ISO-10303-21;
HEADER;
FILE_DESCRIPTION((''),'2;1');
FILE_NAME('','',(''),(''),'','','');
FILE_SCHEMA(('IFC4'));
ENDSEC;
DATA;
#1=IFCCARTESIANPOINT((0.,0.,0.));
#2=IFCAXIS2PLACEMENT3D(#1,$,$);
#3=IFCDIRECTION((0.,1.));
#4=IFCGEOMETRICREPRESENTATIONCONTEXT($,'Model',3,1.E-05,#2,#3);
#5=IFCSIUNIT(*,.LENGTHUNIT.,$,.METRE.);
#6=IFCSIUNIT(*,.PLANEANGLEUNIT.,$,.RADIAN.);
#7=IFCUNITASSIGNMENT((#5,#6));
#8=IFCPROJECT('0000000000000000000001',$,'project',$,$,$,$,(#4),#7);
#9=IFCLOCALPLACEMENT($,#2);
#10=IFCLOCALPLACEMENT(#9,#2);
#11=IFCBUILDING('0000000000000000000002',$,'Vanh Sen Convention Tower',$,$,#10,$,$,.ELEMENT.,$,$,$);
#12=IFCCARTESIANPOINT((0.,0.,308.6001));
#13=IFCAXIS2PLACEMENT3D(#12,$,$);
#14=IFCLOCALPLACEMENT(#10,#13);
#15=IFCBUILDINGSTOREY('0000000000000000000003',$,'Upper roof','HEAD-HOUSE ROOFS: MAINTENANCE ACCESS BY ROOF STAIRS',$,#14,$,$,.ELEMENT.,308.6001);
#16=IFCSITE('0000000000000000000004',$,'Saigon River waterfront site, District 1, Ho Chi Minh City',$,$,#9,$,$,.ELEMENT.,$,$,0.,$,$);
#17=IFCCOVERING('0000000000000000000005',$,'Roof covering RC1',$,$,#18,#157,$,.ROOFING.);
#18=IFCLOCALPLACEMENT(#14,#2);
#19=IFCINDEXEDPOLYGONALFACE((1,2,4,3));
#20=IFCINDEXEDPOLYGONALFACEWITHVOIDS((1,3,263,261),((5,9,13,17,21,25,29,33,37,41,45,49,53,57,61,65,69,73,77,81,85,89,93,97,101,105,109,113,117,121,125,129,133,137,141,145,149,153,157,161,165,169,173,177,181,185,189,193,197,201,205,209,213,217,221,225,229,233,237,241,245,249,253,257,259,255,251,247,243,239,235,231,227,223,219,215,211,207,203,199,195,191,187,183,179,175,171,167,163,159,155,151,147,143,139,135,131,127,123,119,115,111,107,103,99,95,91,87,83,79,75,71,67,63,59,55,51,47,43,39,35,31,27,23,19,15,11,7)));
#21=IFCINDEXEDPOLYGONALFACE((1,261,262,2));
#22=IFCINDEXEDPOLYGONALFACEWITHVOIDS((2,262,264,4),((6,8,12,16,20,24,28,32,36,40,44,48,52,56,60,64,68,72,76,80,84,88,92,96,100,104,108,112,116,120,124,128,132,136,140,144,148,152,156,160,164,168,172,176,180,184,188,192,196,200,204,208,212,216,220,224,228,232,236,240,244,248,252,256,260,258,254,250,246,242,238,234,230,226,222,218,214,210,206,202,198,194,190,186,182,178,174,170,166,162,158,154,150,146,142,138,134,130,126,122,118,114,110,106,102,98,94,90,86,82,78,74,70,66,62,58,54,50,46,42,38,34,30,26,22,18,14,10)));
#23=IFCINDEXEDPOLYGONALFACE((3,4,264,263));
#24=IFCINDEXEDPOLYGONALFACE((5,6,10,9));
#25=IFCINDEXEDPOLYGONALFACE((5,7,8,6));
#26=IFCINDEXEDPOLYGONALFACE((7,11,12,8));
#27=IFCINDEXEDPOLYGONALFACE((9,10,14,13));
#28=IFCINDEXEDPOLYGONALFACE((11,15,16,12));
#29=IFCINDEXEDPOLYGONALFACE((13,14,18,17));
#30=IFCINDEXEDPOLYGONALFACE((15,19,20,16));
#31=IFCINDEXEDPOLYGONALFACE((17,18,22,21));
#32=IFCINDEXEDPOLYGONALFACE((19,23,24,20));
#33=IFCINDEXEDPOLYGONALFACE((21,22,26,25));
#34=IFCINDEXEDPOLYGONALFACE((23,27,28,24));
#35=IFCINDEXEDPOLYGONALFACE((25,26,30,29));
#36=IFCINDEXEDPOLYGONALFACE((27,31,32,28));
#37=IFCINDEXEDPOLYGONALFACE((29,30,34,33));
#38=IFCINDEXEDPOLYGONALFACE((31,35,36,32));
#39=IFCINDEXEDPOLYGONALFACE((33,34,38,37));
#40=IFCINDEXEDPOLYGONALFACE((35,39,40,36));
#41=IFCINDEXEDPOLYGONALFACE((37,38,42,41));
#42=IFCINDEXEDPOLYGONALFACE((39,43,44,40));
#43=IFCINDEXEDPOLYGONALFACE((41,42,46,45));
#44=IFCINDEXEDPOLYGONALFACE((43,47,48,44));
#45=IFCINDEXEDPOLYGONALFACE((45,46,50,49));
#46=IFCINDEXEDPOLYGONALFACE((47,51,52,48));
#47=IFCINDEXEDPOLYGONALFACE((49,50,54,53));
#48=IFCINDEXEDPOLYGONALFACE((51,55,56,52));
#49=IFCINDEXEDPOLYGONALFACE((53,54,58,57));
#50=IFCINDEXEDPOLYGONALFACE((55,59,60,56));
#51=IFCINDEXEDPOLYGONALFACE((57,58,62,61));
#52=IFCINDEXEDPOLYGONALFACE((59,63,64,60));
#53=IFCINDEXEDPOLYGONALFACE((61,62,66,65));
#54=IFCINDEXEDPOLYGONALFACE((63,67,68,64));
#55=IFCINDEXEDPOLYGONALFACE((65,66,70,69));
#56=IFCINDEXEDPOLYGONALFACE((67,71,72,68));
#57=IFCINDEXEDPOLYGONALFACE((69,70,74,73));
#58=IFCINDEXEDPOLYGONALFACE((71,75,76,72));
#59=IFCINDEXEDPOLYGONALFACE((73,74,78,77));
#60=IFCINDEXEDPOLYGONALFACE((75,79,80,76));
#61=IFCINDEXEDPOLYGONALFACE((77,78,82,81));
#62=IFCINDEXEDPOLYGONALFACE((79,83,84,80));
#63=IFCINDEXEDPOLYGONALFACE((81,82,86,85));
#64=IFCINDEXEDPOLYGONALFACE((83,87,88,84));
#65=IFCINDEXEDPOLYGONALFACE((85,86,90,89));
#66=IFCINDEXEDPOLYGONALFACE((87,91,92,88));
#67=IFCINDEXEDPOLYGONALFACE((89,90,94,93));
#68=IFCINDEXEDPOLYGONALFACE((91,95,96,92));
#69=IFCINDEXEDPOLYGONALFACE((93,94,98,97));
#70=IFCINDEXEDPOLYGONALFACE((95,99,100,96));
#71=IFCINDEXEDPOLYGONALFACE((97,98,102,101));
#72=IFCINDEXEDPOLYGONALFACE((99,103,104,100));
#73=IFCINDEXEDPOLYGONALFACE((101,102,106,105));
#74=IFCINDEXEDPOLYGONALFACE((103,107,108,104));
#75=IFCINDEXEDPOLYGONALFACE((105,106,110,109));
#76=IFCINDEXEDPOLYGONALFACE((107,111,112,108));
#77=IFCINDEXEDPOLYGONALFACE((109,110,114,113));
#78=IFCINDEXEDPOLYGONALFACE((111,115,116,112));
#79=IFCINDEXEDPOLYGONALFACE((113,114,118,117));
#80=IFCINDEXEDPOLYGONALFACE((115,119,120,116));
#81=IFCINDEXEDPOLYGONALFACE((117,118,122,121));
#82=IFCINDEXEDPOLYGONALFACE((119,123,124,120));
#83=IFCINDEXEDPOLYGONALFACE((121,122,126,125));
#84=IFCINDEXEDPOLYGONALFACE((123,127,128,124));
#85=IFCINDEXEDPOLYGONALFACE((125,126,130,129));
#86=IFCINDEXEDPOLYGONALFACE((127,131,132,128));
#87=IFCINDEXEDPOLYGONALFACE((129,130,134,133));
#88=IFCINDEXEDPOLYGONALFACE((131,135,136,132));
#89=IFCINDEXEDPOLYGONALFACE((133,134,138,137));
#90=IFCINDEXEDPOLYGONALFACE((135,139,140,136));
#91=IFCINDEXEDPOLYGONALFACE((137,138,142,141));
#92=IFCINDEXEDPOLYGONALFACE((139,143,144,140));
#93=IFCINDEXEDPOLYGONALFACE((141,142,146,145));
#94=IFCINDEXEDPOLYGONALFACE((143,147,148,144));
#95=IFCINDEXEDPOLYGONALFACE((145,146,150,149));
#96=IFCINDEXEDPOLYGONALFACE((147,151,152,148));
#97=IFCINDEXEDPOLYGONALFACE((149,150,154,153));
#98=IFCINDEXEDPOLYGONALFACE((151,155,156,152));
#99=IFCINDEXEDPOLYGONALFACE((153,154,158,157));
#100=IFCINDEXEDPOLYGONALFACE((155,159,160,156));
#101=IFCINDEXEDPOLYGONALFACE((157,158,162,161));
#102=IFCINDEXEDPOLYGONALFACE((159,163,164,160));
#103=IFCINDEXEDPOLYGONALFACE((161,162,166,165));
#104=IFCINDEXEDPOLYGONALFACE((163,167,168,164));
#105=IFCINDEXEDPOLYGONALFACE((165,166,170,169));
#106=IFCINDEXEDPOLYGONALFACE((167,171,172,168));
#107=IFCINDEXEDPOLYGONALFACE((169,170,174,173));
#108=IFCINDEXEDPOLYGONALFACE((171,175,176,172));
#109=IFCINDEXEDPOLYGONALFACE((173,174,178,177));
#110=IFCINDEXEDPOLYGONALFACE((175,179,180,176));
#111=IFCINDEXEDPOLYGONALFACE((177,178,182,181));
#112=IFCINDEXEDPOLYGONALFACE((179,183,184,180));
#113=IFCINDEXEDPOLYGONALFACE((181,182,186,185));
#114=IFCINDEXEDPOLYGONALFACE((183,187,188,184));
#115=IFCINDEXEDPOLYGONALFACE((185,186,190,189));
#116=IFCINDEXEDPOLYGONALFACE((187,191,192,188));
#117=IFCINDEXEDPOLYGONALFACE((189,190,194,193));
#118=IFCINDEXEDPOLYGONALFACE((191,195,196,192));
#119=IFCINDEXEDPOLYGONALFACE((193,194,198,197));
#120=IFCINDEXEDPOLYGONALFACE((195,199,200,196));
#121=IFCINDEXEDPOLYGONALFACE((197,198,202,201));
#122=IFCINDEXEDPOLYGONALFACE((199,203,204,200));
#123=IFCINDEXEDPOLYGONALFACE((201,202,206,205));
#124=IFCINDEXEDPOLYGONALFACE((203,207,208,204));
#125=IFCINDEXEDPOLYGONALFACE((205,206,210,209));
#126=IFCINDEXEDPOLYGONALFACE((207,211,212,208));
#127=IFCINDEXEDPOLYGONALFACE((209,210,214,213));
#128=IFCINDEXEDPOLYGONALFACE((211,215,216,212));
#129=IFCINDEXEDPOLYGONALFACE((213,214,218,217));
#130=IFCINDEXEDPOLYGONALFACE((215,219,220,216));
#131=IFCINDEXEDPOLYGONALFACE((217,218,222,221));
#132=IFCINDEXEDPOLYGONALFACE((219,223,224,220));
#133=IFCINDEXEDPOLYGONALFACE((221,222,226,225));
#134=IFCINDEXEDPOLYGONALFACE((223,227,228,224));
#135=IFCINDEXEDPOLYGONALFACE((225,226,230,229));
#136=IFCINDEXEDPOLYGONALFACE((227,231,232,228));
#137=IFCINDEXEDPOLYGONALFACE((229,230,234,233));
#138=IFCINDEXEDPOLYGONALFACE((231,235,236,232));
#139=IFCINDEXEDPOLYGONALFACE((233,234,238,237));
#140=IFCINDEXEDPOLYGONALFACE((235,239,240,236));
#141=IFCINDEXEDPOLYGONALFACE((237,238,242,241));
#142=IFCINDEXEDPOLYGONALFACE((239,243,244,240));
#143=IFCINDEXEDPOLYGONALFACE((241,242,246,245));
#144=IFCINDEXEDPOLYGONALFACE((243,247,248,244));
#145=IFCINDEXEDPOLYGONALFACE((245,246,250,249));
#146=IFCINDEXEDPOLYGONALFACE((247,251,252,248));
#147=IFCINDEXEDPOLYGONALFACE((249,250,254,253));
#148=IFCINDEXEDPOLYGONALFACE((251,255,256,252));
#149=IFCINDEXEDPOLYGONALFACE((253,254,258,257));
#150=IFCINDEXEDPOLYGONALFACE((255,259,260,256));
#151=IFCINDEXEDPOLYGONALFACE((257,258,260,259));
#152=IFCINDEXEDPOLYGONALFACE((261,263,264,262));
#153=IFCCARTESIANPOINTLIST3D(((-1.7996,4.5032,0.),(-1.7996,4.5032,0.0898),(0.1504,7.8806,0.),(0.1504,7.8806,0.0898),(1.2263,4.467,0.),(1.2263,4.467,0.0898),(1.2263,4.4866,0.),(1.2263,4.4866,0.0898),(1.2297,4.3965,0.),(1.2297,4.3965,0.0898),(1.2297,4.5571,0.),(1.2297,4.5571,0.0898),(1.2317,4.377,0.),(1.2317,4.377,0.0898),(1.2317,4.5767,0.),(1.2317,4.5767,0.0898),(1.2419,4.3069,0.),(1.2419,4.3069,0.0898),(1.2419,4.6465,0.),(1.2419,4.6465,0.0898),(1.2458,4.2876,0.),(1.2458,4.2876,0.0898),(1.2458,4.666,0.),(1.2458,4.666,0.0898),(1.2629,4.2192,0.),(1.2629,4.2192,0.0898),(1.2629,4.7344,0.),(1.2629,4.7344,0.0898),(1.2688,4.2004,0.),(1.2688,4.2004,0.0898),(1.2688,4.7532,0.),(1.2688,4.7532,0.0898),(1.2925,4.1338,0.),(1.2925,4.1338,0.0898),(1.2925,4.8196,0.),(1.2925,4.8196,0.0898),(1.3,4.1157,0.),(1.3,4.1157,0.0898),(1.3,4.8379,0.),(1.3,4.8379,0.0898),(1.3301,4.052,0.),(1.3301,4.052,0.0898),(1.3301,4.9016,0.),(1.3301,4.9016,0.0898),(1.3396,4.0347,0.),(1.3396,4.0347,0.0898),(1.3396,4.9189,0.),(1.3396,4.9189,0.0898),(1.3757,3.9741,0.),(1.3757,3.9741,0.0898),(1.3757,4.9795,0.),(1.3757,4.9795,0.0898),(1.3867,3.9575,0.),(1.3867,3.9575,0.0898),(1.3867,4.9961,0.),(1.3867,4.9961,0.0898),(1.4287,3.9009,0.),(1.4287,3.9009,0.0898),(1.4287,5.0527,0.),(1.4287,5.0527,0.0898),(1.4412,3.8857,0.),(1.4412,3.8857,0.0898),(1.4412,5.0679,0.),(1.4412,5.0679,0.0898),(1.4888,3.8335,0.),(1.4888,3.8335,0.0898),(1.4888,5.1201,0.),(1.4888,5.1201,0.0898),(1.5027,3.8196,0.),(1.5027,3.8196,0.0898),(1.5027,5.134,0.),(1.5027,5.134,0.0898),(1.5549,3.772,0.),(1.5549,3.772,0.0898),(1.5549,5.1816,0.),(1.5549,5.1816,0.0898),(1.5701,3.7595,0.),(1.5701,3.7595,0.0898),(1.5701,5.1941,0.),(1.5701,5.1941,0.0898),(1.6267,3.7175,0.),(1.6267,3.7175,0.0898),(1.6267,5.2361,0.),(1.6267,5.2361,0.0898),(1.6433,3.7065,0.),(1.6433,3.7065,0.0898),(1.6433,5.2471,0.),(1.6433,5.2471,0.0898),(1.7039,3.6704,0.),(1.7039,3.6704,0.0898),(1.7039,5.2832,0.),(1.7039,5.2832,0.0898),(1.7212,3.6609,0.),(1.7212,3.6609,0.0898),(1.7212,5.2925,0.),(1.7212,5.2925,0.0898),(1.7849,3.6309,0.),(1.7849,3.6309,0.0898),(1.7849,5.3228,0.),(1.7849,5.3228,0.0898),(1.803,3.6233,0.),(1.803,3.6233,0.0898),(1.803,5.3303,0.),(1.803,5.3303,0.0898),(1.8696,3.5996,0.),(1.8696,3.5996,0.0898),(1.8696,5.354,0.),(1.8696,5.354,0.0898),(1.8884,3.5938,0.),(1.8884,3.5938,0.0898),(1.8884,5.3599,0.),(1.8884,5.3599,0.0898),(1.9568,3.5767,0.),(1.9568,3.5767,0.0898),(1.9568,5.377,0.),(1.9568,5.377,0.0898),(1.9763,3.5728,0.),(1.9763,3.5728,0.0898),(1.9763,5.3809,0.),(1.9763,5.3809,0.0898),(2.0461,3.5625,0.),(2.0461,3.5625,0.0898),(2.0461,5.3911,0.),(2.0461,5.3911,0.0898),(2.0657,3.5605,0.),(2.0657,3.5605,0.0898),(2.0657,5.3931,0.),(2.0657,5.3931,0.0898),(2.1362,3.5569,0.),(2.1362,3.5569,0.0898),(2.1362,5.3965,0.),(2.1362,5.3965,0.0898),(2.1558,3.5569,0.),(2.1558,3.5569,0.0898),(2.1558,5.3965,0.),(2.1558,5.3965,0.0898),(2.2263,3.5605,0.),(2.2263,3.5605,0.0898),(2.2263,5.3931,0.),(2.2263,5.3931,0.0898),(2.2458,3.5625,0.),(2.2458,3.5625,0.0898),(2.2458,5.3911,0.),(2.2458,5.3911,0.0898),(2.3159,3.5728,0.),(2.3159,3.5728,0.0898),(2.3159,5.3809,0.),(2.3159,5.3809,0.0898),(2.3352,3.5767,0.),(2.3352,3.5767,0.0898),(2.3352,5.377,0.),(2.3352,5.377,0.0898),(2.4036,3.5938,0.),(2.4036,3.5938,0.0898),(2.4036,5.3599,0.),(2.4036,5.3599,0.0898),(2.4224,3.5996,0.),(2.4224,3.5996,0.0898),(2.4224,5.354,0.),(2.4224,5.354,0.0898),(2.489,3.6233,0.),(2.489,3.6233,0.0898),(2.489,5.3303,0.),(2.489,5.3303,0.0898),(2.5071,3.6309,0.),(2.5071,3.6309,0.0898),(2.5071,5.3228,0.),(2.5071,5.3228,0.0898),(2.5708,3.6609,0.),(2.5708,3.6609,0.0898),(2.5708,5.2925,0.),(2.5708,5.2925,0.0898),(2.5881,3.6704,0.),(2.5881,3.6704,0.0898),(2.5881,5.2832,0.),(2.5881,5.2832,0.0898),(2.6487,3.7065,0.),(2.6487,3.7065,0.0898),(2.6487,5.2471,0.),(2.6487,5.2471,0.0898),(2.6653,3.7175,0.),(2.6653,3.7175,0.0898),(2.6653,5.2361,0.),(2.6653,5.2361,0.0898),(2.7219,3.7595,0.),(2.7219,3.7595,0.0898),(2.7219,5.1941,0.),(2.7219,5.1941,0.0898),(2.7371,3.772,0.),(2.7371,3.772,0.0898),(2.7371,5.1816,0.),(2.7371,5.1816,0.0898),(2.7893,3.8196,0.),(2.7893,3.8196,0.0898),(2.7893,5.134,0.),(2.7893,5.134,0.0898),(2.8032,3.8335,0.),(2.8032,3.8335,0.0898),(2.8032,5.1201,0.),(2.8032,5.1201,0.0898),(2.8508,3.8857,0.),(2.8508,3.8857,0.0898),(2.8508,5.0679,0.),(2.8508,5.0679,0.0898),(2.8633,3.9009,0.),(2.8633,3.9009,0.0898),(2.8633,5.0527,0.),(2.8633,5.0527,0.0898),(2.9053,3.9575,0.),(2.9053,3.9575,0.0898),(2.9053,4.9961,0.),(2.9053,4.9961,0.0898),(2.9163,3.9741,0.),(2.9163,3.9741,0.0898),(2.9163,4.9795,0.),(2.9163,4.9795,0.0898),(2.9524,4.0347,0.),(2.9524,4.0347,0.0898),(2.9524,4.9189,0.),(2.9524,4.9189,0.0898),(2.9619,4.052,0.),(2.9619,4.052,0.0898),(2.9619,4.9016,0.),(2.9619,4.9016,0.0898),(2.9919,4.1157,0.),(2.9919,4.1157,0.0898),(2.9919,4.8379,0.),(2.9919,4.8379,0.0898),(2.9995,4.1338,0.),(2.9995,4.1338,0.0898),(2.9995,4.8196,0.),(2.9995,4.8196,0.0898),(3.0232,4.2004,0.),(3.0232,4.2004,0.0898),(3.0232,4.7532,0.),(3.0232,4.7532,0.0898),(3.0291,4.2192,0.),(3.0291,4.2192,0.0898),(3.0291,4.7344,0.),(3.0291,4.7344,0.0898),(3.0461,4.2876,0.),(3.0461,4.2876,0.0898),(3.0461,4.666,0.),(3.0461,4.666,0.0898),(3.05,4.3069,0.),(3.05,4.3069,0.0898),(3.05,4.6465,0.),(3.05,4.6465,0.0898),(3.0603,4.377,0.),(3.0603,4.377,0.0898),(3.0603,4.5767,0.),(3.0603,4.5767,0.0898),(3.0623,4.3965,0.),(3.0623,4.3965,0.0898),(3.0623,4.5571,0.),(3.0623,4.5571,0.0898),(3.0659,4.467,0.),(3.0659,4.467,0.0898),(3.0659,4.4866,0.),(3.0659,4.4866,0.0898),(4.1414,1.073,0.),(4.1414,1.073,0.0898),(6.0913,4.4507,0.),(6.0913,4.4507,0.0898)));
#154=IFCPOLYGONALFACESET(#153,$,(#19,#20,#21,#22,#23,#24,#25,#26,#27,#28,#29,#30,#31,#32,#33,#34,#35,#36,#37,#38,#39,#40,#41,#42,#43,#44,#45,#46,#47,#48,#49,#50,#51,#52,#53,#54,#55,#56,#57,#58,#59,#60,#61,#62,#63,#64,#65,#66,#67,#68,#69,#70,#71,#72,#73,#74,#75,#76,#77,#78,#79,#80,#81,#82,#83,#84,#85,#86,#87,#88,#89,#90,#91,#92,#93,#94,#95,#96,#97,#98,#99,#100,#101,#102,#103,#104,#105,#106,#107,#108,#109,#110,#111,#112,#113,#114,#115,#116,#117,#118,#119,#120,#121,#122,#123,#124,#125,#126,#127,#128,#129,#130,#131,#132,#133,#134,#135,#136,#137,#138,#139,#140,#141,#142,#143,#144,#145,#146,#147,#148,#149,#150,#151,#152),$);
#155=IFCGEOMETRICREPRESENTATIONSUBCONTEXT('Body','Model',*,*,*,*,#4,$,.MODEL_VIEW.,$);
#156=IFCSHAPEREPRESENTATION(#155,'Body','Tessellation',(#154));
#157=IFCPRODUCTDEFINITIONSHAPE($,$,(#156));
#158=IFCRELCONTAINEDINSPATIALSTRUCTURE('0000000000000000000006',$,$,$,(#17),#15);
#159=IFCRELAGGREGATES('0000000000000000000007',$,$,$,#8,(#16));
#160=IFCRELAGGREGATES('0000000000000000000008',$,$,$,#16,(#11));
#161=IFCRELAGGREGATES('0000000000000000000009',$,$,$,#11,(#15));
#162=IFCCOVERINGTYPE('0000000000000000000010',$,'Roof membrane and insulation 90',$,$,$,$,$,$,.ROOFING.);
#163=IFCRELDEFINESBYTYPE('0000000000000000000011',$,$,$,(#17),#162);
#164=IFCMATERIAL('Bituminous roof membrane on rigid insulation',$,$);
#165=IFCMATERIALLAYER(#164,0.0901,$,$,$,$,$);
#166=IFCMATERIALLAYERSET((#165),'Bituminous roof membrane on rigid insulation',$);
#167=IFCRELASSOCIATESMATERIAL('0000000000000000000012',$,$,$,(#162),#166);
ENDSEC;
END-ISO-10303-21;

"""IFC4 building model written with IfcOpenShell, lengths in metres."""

from ifc_helpers import new_model, si_unit, direction, frame, origin, place, context, subcontext, project, spatial, polyline, outline, extrude, material, layer, layer_set, type_object, element, save


model = new_model("IFC4")

# Units and contexts
model_context = context("Model", 3, precision=1e-05, world=origin(), true_north=direction((0.0, 1.0)))
body_context = subcontext(model_context, "Body", "Model", "MODEL_VIEW")
ifc_project = project(units=[si_unit("LENGTHUNIT", "METRE"), si_unit("PLANEANGLEUNIT", "RADIAN")], contexts=[model_context])

# Site, building, storey
site_placement = place(None, origin())
site = spatial("IfcSite", under=ifc_project, at=site_placement, Name="Saigon River waterfront site, District 1, Ho Chi Minh City", CompositionType="ELEMENT", RefElevation=0.0)
building_placement = place(site_placement, origin())
building = spatial("IfcBuilding", under=site, at=building_placement, Name="Vanh Sen Convention Tower", CompositionType="ELEMENT")
storey_placement = place(building_placement, frame((0.0, 0.0, 308.6001)))
storey = spatial("IfcBuildingStorey", under=building, at=storey_placement, Name="Upper roof", Description="HEAD-HOUSE ROOFS: MAINTENANCE ACCESS BY ROOF STAIRS", CompositionType="ELEMENT", Elevation=308.6001)

# Covering
ifc_material_1 = material(Name="Bituminous roof membrane on rigid insulation")
ifc_layer_1 = layer(ifc_material_1, 0.0901)
ifc_layer_set_1 = layer_set([ifc_layer_1], Name="Bituminous roof membrane on rigid insulation")
covering_type = type_object("IfcCoveringType", Name="Roof membrane and insulation 90", PredefinedType="ROOFING", material=ifc_layer_set_1)
covering_1_placement = place(storey_placement, origin())
element("IfcCovering", 1, at=covering_1_placement, inside=storey, type_object=covering_type, Name="Roof covering RC1", PredefinedType="ROOFING", context=body_context, shape_type="SweptSolid", body=[
    extrude(outline(polyline([(4.1414, 1.073), (6.0913, 4.4507), (0.1504, 7.8806), (-1.7996, 4.5032), (4.1414, 1.073)]), holes=[polyline([(3.0232, 4.2004), (3.0291, 4.2192), (3.0461, 4.2876), (3.05, 4.3069), (3.0603, 4.377), (3.0623, 4.3965), (3.0659, 4.467), (3.0659, 4.4866), (3.0623, 4.5571), (3.0603, 4.5767), (3.05, 4.6465), (3.0461, 4.666), (3.0291, 4.7344), (3.0232, 4.7532), (2.9995, 4.8196), (2.9919, 4.8379), (2.9619, 4.9016), (2.9524, 4.9189), (2.9163, 4.9795), (2.9053, 4.9961), (2.8633, 5.0527), (2.8508, 5.0679), (2.8032, 5.1201), (2.7893, 5.134), (2.7371, 5.1816), (2.7219, 5.1941), (2.6653, 5.2361), (2.6487, 5.2471), (2.5881, 5.2832), (2.5708, 5.2925), (2.5071, 5.3228), (2.489, 5.3303), (2.4224, 5.354), (2.4036, 5.3599), (2.3352, 5.377), (2.3159, 5.3809), (2.2458, 5.3911), (2.2263, 5.3931), (2.1558, 5.3965), (2.1362, 5.3965), (2.0657, 5.3931), (2.0461, 5.3911), (1.9763, 5.3809), (1.9568, 5.377), (1.8884, 5.3599), (1.8696, 5.354), (1.803, 5.3303), (1.7849, 5.3228), (1.7212, 5.2925), (1.7039, 5.2832), (1.6433, 5.2471), (1.6267, 5.2361), (1.5701, 5.1941), (1.5549, 5.1816), (1.5027, 5.134), (1.4888, 5.1201), (1.4412, 5.0679), (1.4287, 5.0527), (1.3867, 4.9961), (1.3757, 4.9795), (1.3396, 4.9189), (1.3301, 4.9016), (1.3, 4.8379), (1.2925, 4.8196), (1.2688, 4.7532), (1.2629, 4.7344), (1.2458, 4.666), (1.2419, 4.6465), (1.2317, 4.5767), (1.2297, 4.5571), (1.2263, 4.4866), (1.2263, 4.467), (1.2297, 4.3965), (1.2317, 4.377), (1.2419, 4.3069), (1.2458, 4.2876), (1.2629, 4.2192), (1.2688, 4.2004), (1.2925, 4.1338), (1.3, 4.1157), (1.3301, 4.052), (1.3396, 4.0347), (1.3757, 3.9741), (1.3867, 3.9575), (1.4287, 3.9009), (1.4412, 3.8857), (1.4888, 3.8335), (1.5027, 3.8196), (1.5549, 3.772), (1.5701, 3.7595), (1.6267, 3.7175), (1.6433, 3.7065), (1.7039, 3.6704), (1.7212, 3.6609), (1.7849, 3.6309), (1.803, 3.6233), (1.8696, 3.5996), (1.8884, 3.5938), (1.9568, 3.5767), (1.9763, 3.5728), (2.0461, 3.5625), (2.0657, 3.5605), (2.1362, 3.5569), (2.1558, 3.5569), (2.2263, 3.5605), (2.2458, 3.5625), (2.3159, 3.5728), (2.3352, 3.5767), (2.4036, 3.5938), (2.4224, 3.5996), (2.489, 3.6233), (2.5071, 3.6309), (2.5708, 3.6609), (2.5881, 3.6704), (2.6487, 3.7065), (2.6653, 3.7175), (2.7219, 3.7595), (2.7371, 3.772), (2.7893, 3.8196), (2.8032, 3.8335), (2.8508, 3.8857), (2.8633, 3.9009), (2.9053, 3.9575), (2.9163, 3.9741), (2.9524, 4.0347), (2.9619, 4.052), (2.9919, 4.1157), (2.9995, 4.1338), (3.0232, 4.2004)])]), origin(), (0.0, 0.0, 1.0), 0.0898),
])

save(model, "model.ifc")
